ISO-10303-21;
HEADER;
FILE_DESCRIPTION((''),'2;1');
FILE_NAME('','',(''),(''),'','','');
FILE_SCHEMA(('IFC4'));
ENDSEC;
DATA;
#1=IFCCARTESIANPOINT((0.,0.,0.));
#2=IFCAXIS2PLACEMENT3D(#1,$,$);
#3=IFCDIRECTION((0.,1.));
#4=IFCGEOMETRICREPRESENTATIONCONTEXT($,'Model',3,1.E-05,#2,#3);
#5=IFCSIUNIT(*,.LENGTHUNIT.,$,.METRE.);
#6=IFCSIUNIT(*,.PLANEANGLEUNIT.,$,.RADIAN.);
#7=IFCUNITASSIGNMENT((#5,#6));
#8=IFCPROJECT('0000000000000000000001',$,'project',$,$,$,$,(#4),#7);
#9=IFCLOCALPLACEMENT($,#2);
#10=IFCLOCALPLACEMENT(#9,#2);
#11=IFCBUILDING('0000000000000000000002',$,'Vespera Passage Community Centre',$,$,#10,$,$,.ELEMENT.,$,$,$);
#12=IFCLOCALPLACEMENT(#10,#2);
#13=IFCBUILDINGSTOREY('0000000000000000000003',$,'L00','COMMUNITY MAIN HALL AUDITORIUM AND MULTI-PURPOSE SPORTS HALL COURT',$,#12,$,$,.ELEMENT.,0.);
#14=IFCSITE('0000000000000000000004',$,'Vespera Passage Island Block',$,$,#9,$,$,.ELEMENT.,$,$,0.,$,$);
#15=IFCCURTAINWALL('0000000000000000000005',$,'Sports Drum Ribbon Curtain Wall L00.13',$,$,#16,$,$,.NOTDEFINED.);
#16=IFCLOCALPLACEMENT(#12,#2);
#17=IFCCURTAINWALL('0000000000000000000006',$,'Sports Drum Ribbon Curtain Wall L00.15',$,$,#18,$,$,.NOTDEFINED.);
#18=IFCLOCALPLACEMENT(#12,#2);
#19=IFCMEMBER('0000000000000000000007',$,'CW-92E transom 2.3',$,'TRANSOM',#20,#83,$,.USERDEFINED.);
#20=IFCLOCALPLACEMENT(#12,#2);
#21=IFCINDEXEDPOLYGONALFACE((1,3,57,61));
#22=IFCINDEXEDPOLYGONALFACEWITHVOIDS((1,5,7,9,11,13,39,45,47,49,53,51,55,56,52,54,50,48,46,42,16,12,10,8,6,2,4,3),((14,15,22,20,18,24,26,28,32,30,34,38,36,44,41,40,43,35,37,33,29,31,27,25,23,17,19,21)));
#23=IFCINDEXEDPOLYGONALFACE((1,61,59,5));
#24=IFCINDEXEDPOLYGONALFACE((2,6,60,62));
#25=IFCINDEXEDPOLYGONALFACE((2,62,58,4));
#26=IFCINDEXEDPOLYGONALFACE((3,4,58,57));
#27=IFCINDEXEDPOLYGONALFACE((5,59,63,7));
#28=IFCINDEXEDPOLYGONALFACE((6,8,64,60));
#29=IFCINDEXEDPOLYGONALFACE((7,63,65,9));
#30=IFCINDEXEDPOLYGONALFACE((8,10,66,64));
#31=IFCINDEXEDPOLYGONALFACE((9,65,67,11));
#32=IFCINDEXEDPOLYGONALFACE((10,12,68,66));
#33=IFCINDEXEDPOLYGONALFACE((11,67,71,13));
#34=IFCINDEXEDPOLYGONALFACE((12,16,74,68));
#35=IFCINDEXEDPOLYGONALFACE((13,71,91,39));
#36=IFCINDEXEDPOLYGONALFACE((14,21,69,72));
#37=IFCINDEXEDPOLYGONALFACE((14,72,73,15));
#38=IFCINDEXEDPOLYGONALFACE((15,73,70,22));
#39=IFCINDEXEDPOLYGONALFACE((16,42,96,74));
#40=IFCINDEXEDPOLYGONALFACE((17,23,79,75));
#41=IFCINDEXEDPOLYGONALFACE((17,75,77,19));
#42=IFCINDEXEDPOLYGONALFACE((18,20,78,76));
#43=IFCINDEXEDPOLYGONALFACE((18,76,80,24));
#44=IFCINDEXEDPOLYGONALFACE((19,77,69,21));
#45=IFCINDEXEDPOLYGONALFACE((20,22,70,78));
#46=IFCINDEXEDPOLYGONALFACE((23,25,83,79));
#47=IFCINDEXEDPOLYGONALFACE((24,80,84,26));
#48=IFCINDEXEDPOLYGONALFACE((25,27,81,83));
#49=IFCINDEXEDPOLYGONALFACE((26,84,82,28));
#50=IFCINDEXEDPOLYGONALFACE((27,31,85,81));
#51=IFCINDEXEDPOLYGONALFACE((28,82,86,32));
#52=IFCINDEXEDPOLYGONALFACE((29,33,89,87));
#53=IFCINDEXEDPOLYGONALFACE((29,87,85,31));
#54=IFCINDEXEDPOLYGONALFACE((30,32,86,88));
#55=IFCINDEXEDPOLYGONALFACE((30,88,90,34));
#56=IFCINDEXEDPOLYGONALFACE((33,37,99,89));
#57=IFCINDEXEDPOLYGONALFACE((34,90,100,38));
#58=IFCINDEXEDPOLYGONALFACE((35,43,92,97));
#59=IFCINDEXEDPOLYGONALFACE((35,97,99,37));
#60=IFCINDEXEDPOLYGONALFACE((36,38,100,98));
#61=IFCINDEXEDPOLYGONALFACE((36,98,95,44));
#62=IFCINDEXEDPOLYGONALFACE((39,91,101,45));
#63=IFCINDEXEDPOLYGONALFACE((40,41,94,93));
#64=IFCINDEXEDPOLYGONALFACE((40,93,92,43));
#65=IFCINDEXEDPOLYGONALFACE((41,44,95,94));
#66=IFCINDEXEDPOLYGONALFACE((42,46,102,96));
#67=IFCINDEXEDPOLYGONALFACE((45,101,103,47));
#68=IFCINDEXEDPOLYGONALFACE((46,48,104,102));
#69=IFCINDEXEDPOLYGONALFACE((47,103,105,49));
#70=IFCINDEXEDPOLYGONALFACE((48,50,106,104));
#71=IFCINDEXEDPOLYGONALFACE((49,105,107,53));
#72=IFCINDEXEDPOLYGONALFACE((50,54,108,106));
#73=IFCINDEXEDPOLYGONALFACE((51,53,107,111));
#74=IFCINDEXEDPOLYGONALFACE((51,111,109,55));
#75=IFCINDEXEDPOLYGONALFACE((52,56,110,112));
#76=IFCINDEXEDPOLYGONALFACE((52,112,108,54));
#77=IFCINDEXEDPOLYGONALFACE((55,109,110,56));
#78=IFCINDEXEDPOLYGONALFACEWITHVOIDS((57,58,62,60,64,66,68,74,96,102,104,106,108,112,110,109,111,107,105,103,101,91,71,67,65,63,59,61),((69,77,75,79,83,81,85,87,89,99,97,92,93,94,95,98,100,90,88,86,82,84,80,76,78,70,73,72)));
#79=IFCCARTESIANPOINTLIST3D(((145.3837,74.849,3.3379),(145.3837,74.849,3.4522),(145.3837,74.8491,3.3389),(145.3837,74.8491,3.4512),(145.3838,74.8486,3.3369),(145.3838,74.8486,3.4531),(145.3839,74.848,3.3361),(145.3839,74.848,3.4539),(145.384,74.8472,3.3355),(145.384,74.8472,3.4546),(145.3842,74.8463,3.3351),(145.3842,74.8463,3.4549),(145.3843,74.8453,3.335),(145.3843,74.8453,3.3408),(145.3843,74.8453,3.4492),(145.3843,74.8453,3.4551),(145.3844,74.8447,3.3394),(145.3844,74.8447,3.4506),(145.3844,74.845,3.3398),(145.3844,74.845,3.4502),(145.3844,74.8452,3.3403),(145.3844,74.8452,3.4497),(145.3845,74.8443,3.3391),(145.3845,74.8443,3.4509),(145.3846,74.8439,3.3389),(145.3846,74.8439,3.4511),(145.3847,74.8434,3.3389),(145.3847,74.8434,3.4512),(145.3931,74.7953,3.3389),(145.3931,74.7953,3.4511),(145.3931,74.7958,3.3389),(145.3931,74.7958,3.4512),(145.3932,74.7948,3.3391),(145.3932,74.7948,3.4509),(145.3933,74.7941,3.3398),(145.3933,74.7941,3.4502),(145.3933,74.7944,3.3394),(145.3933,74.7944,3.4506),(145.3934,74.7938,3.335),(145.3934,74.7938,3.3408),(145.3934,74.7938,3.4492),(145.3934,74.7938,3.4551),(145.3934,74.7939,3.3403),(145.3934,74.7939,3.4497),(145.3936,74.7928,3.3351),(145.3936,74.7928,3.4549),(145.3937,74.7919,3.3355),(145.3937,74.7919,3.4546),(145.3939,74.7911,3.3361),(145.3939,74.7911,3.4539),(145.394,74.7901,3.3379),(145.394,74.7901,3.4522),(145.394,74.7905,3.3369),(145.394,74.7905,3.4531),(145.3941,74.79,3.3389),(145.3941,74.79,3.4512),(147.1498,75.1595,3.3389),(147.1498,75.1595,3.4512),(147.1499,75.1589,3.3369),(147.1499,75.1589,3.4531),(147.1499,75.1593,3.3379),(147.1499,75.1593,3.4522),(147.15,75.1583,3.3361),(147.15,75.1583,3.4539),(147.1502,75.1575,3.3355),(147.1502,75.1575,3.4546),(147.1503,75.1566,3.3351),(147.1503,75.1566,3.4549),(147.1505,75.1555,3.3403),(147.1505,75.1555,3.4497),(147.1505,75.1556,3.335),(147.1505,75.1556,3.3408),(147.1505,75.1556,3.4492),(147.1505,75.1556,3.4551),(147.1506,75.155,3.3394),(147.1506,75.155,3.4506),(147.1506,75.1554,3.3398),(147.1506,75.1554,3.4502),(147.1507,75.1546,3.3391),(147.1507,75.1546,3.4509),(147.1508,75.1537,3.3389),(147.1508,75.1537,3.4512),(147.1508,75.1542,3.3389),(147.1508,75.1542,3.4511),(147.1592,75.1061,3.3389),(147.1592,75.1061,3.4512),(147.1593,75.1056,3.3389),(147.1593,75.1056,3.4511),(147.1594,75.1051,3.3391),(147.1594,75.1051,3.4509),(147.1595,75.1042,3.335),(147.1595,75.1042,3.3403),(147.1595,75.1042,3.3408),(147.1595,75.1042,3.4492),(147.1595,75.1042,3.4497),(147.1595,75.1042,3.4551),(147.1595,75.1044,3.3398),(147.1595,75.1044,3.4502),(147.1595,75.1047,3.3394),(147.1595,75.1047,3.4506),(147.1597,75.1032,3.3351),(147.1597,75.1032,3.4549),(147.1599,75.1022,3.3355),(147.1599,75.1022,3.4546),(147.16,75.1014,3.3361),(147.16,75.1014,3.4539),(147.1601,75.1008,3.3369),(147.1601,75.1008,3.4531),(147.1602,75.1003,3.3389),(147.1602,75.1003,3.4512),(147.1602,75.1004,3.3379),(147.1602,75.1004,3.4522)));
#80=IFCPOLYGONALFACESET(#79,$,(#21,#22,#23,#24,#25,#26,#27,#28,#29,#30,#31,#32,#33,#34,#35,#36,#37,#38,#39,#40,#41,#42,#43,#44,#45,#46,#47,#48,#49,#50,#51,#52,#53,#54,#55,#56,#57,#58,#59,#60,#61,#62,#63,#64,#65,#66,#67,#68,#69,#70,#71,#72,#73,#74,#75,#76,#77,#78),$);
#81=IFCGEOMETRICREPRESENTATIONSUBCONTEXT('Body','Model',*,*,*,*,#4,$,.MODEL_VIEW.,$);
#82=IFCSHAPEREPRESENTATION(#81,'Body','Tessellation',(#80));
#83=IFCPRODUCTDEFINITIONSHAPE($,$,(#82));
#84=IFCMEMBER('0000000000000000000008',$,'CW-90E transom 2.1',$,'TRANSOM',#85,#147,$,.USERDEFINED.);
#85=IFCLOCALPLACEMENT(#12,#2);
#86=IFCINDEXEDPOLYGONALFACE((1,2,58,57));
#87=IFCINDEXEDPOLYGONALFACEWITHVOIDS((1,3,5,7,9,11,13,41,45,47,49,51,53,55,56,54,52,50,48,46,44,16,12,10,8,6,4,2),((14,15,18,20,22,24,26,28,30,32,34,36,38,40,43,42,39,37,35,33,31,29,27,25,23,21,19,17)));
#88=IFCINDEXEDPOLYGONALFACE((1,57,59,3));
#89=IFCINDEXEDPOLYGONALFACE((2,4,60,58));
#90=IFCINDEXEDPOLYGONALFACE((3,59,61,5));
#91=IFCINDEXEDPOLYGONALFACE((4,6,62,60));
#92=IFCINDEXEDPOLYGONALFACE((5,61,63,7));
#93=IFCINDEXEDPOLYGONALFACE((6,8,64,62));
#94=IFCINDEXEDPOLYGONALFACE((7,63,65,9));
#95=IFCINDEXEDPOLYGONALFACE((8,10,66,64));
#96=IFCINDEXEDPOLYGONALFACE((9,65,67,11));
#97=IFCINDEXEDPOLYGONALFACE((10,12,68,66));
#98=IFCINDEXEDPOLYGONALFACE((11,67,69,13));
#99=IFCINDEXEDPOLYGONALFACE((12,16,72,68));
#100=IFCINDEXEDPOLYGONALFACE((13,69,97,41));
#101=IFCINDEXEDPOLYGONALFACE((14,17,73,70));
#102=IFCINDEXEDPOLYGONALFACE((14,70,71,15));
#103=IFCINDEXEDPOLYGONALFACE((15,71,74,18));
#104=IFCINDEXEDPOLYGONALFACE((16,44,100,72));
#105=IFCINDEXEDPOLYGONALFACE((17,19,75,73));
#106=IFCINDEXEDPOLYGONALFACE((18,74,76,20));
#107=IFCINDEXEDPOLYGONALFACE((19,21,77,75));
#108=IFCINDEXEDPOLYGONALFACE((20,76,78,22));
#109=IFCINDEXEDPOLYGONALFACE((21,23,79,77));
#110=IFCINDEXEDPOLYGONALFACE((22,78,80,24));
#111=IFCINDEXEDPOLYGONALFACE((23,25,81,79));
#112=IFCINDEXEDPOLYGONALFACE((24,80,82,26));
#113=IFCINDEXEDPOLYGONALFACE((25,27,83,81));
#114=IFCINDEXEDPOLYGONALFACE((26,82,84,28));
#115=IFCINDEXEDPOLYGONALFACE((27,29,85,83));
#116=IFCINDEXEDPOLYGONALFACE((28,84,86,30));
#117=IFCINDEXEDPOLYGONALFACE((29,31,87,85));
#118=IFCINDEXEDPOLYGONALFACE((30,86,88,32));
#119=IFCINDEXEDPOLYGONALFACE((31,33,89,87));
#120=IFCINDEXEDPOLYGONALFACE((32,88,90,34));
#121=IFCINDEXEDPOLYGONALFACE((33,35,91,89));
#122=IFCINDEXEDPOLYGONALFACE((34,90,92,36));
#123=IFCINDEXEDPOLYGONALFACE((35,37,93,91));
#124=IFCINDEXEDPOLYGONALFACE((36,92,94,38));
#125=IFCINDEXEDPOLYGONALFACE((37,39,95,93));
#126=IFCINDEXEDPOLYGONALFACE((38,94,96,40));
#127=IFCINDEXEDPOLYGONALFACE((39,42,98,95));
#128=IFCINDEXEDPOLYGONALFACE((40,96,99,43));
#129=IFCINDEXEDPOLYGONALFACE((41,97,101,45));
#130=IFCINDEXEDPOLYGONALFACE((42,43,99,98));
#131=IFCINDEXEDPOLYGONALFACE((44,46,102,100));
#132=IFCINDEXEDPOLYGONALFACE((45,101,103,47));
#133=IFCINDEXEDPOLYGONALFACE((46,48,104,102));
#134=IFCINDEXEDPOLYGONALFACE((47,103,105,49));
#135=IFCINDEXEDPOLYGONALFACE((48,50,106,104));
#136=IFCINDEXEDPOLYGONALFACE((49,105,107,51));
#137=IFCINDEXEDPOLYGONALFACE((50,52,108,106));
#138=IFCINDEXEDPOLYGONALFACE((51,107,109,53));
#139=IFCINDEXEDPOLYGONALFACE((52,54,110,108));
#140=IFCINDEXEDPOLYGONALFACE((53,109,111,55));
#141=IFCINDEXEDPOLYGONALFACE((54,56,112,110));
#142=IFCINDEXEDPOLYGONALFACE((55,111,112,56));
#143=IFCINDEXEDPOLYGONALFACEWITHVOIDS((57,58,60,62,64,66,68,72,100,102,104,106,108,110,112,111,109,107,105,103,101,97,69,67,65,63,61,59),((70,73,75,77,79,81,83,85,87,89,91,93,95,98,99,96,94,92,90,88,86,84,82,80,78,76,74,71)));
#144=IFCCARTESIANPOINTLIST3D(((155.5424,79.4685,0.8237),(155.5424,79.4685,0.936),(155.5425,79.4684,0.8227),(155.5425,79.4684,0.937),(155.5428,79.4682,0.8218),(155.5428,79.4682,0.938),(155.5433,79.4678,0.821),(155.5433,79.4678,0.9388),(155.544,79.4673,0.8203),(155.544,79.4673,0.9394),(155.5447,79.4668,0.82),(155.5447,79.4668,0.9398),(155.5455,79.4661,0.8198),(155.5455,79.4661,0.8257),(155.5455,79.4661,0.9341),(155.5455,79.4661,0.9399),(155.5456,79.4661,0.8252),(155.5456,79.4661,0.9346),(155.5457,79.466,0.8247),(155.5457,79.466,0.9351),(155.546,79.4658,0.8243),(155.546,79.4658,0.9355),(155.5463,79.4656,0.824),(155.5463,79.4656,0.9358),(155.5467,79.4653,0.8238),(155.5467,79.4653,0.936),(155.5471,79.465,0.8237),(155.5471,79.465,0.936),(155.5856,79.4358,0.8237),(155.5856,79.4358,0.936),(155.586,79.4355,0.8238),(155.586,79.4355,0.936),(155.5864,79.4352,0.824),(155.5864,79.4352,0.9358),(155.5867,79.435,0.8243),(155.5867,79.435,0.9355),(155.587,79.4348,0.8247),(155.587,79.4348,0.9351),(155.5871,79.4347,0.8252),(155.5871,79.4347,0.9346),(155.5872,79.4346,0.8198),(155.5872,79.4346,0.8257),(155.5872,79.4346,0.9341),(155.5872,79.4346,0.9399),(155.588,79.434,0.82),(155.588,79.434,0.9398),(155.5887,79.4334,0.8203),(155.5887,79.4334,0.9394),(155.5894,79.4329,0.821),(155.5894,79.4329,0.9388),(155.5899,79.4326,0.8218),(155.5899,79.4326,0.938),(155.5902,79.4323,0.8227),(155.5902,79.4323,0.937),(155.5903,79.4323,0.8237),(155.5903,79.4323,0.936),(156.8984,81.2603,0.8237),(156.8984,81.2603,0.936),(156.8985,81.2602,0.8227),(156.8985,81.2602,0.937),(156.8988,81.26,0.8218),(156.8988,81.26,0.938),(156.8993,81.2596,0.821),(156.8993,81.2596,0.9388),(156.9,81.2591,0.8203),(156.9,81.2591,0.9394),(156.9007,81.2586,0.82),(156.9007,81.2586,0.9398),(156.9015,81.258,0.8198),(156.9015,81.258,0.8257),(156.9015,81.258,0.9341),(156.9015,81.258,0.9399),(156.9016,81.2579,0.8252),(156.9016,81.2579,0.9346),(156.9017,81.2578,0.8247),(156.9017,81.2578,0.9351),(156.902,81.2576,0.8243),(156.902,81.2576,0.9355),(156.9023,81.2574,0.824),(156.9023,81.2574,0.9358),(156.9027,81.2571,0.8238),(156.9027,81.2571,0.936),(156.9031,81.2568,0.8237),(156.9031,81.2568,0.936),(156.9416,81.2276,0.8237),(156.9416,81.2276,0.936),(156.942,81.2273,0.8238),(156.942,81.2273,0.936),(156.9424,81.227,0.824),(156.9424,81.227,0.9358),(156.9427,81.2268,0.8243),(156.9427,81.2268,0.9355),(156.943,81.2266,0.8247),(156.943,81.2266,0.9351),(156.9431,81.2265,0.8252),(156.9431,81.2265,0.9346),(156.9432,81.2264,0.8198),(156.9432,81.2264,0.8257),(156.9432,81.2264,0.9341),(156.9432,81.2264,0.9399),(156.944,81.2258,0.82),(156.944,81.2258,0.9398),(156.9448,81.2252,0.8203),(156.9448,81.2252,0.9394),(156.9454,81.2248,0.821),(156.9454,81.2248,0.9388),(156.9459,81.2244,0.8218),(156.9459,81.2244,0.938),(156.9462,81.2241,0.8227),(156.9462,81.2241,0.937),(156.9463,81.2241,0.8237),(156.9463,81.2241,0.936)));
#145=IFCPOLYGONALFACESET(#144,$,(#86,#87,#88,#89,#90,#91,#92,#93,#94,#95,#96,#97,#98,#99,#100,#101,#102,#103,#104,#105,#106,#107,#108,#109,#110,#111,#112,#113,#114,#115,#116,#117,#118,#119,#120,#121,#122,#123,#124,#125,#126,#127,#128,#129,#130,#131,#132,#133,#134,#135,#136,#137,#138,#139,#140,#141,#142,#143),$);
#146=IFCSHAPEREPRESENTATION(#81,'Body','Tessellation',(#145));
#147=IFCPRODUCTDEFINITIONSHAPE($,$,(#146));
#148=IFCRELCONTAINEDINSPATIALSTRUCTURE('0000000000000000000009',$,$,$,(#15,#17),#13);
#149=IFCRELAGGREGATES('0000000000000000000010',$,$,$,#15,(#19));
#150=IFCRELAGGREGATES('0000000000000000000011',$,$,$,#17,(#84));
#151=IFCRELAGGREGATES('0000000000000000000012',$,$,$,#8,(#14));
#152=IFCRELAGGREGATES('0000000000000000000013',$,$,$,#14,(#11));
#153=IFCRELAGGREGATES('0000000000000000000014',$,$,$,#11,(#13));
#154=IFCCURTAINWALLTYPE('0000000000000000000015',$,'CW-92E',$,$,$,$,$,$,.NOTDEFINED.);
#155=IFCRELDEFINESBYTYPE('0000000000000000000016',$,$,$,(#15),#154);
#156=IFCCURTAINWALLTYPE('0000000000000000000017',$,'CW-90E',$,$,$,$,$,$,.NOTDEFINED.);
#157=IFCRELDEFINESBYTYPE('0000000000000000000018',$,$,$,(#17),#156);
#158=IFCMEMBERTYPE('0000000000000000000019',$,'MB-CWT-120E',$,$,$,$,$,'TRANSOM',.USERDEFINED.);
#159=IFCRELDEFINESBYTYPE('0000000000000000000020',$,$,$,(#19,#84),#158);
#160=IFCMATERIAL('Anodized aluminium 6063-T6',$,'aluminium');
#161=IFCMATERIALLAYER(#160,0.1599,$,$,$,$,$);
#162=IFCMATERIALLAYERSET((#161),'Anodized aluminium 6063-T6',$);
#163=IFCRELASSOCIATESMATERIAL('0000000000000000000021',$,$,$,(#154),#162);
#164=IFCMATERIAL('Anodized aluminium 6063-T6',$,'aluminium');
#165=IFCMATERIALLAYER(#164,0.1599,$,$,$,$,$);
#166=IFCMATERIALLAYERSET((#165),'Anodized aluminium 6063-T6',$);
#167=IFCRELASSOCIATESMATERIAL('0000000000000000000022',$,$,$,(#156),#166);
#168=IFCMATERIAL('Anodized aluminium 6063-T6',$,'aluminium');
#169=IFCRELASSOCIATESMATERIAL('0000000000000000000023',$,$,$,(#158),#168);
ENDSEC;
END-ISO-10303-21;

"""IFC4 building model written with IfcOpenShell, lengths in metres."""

from ifc_helpers import new_model, si_unit, direction, frame, origin, origin_2d, place, context, subcontext, project, spatial, hollow_rectangle, extrude, material, layer, layer_set, material_profile, profile_set, type_object, element, aggregate, save


model = new_model("IFC4")

# Units and contexts
model_context = context("Model", 3, precision=1e-05, world=origin(), true_north=direction((0.0, 1.0)))
body_context = subcontext(model_context, "Body", "Model", "MODEL_VIEW")
ifc_project = project(units=[si_unit("LENGTHUNIT", "METRE"), si_unit("PLANEANGLEUNIT", "RADIAN")], contexts=[model_context])

# Site, building, storey
site_placement = place(None, origin())
site = spatial("IfcSite", under=ifc_project, at=site_placement, Name="Vespera Passage Island Block", CompositionType="ELEMENT", RefElevation=0.0)
building_placement = place(site_placement, origin())
building = spatial("IfcBuilding", under=site, at=building_placement, Name="Vespera Passage Community Centre", CompositionType="ELEMENT")
storey_placement = place(building_placement, origin())
storey = spatial("IfcBuildingStorey", under=building, at=storey_placement, Name="L00", Description="COMMUNITY MAIN HALL AUDITORIUM AND MULTI-PURPOSE SPORTS HALL COURT", CompositionType="ELEMENT", Elevation=0.0)

# Curtain wall
ifc_material_1 = material(Name="Anodized aluminium 6063-T6", Category="aluminium")
ifc_layer_1 = layer(ifc_material_1, 0.1599)
ifc_layer_set_1 = layer_set([ifc_layer_1], Name="Anodized aluminium 6063-T6")
curtain_wall_type_1 = type_object("IfcCurtainWallType", Name="CW-92E", PredefinedType="NOTDEFINED", material=ifc_layer_set_1)
curtain_wall_1_placement = place(storey_placement, origin())
curtain_wall_1 = element("IfcCurtainWall", 1, at=curtain_wall_1_placement, inside=storey, type_object=curtain_wall_type_1, Name="Sports Drum Ribbon Curtain Wall L00.13", PredefinedType="NOTDEFINED")

# Curtain wall
ifc_material_2 = material(Name="Anodized aluminium 6063-T6", Category="aluminium")
ifc_layer_2 = layer(ifc_material_2, 0.1599)
ifc_layer_set_2 = layer_set([ifc_layer_2], Name="Anodized aluminium 6063-T6")
curtain_wall_type_2 = type_object("IfcCurtainWallType", Name="CW-90E", PredefinedType="NOTDEFINED", material=ifc_layer_set_2)
curtain_wall_2_placement = place(storey_placement, origin())
curtain_wall_2 = element("IfcCurtainWall", 2, at=curtain_wall_2_placement, inside=storey, type_object=curtain_wall_type_2, Name="Sports Drum Ribbon Curtain Wall L00.15", PredefinedType="NOTDEFINED")

# Members
ifc_material_3 = material(Name="Anodized aluminium 6063-T6", Category="aluminium")
ifc_material_profile_1 = material_profile(ifc_material_3, hollow_rectangle(XDim=0.0601, YDim=0.1201, WallThickness=0.0039, InnerFilletRadius=0.002, OuterFilletRadius=0.0039, at=origin_2d()), Name="ALU120X60X4")
ifc_profile_set_1 = profile_set([ifc_material_profile_1], Name="Anodized aluminium 6063-T6")
member_type_1 = type_object("IfcMemberType", Name="MB-CWT-120E", ElementType="TRANSOM", PredefinedType="USERDEFINED", material=ifc_profile_set_1)
member_1_placement = place(storey_placement, frame((147.155, 75.1299, 3.395), z_axis=(-0.984913, -0.173047, 0.0), x_axis=(0.173047, -0.984913, 0.0)))
member_1 = element("IfcMember", 3, at=member_1_placement, type_object=member_type_1, Name="CW-92E transom 2.3", ObjectType="TRANSOM", PredefinedType="USERDEFINED", context=body_context, shape_type="SweptSolid", body=[
    extrude(hollow_rectangle(XDim=0.0601, YDim=0.1201, WallThickness=0.0039, InnerFilletRadius=0.002, OuterFilletRadius=0.0039, at=origin_2d()), origin(), (0.0, 0.0, 1.0), 1.7932),
])
member_2_placement = place(storey_placement, frame((156.9224, 81.2422, 0.8799), z_axis=(-0.603454, -0.797398, 0.0), x_axis=(0.797398, -0.603454, 0.0)))
member_2 = element("IfcMember", 4, at=member_2_placement, type_object=member_type_1, Name="CW-90E transom 2.1", ObjectType="TRANSOM", PredefinedType="USERDEFINED", context=body_context, shape_type="SweptSolid", body=[
    extrude(hollow_rectangle(XDim=0.0601, YDim=0.1201, WallThickness=0.0039, InnerFilletRadius=0.002, OuterFilletRadius=0.0039, at=origin_2d()), origin(), (0.0, 0.0, 1.0), 2.2471),
])

aggregate(curtain_wall_1, [member_1])
aggregate(curtain_wall_2, [member_2])

save(model, "model.ifc")
